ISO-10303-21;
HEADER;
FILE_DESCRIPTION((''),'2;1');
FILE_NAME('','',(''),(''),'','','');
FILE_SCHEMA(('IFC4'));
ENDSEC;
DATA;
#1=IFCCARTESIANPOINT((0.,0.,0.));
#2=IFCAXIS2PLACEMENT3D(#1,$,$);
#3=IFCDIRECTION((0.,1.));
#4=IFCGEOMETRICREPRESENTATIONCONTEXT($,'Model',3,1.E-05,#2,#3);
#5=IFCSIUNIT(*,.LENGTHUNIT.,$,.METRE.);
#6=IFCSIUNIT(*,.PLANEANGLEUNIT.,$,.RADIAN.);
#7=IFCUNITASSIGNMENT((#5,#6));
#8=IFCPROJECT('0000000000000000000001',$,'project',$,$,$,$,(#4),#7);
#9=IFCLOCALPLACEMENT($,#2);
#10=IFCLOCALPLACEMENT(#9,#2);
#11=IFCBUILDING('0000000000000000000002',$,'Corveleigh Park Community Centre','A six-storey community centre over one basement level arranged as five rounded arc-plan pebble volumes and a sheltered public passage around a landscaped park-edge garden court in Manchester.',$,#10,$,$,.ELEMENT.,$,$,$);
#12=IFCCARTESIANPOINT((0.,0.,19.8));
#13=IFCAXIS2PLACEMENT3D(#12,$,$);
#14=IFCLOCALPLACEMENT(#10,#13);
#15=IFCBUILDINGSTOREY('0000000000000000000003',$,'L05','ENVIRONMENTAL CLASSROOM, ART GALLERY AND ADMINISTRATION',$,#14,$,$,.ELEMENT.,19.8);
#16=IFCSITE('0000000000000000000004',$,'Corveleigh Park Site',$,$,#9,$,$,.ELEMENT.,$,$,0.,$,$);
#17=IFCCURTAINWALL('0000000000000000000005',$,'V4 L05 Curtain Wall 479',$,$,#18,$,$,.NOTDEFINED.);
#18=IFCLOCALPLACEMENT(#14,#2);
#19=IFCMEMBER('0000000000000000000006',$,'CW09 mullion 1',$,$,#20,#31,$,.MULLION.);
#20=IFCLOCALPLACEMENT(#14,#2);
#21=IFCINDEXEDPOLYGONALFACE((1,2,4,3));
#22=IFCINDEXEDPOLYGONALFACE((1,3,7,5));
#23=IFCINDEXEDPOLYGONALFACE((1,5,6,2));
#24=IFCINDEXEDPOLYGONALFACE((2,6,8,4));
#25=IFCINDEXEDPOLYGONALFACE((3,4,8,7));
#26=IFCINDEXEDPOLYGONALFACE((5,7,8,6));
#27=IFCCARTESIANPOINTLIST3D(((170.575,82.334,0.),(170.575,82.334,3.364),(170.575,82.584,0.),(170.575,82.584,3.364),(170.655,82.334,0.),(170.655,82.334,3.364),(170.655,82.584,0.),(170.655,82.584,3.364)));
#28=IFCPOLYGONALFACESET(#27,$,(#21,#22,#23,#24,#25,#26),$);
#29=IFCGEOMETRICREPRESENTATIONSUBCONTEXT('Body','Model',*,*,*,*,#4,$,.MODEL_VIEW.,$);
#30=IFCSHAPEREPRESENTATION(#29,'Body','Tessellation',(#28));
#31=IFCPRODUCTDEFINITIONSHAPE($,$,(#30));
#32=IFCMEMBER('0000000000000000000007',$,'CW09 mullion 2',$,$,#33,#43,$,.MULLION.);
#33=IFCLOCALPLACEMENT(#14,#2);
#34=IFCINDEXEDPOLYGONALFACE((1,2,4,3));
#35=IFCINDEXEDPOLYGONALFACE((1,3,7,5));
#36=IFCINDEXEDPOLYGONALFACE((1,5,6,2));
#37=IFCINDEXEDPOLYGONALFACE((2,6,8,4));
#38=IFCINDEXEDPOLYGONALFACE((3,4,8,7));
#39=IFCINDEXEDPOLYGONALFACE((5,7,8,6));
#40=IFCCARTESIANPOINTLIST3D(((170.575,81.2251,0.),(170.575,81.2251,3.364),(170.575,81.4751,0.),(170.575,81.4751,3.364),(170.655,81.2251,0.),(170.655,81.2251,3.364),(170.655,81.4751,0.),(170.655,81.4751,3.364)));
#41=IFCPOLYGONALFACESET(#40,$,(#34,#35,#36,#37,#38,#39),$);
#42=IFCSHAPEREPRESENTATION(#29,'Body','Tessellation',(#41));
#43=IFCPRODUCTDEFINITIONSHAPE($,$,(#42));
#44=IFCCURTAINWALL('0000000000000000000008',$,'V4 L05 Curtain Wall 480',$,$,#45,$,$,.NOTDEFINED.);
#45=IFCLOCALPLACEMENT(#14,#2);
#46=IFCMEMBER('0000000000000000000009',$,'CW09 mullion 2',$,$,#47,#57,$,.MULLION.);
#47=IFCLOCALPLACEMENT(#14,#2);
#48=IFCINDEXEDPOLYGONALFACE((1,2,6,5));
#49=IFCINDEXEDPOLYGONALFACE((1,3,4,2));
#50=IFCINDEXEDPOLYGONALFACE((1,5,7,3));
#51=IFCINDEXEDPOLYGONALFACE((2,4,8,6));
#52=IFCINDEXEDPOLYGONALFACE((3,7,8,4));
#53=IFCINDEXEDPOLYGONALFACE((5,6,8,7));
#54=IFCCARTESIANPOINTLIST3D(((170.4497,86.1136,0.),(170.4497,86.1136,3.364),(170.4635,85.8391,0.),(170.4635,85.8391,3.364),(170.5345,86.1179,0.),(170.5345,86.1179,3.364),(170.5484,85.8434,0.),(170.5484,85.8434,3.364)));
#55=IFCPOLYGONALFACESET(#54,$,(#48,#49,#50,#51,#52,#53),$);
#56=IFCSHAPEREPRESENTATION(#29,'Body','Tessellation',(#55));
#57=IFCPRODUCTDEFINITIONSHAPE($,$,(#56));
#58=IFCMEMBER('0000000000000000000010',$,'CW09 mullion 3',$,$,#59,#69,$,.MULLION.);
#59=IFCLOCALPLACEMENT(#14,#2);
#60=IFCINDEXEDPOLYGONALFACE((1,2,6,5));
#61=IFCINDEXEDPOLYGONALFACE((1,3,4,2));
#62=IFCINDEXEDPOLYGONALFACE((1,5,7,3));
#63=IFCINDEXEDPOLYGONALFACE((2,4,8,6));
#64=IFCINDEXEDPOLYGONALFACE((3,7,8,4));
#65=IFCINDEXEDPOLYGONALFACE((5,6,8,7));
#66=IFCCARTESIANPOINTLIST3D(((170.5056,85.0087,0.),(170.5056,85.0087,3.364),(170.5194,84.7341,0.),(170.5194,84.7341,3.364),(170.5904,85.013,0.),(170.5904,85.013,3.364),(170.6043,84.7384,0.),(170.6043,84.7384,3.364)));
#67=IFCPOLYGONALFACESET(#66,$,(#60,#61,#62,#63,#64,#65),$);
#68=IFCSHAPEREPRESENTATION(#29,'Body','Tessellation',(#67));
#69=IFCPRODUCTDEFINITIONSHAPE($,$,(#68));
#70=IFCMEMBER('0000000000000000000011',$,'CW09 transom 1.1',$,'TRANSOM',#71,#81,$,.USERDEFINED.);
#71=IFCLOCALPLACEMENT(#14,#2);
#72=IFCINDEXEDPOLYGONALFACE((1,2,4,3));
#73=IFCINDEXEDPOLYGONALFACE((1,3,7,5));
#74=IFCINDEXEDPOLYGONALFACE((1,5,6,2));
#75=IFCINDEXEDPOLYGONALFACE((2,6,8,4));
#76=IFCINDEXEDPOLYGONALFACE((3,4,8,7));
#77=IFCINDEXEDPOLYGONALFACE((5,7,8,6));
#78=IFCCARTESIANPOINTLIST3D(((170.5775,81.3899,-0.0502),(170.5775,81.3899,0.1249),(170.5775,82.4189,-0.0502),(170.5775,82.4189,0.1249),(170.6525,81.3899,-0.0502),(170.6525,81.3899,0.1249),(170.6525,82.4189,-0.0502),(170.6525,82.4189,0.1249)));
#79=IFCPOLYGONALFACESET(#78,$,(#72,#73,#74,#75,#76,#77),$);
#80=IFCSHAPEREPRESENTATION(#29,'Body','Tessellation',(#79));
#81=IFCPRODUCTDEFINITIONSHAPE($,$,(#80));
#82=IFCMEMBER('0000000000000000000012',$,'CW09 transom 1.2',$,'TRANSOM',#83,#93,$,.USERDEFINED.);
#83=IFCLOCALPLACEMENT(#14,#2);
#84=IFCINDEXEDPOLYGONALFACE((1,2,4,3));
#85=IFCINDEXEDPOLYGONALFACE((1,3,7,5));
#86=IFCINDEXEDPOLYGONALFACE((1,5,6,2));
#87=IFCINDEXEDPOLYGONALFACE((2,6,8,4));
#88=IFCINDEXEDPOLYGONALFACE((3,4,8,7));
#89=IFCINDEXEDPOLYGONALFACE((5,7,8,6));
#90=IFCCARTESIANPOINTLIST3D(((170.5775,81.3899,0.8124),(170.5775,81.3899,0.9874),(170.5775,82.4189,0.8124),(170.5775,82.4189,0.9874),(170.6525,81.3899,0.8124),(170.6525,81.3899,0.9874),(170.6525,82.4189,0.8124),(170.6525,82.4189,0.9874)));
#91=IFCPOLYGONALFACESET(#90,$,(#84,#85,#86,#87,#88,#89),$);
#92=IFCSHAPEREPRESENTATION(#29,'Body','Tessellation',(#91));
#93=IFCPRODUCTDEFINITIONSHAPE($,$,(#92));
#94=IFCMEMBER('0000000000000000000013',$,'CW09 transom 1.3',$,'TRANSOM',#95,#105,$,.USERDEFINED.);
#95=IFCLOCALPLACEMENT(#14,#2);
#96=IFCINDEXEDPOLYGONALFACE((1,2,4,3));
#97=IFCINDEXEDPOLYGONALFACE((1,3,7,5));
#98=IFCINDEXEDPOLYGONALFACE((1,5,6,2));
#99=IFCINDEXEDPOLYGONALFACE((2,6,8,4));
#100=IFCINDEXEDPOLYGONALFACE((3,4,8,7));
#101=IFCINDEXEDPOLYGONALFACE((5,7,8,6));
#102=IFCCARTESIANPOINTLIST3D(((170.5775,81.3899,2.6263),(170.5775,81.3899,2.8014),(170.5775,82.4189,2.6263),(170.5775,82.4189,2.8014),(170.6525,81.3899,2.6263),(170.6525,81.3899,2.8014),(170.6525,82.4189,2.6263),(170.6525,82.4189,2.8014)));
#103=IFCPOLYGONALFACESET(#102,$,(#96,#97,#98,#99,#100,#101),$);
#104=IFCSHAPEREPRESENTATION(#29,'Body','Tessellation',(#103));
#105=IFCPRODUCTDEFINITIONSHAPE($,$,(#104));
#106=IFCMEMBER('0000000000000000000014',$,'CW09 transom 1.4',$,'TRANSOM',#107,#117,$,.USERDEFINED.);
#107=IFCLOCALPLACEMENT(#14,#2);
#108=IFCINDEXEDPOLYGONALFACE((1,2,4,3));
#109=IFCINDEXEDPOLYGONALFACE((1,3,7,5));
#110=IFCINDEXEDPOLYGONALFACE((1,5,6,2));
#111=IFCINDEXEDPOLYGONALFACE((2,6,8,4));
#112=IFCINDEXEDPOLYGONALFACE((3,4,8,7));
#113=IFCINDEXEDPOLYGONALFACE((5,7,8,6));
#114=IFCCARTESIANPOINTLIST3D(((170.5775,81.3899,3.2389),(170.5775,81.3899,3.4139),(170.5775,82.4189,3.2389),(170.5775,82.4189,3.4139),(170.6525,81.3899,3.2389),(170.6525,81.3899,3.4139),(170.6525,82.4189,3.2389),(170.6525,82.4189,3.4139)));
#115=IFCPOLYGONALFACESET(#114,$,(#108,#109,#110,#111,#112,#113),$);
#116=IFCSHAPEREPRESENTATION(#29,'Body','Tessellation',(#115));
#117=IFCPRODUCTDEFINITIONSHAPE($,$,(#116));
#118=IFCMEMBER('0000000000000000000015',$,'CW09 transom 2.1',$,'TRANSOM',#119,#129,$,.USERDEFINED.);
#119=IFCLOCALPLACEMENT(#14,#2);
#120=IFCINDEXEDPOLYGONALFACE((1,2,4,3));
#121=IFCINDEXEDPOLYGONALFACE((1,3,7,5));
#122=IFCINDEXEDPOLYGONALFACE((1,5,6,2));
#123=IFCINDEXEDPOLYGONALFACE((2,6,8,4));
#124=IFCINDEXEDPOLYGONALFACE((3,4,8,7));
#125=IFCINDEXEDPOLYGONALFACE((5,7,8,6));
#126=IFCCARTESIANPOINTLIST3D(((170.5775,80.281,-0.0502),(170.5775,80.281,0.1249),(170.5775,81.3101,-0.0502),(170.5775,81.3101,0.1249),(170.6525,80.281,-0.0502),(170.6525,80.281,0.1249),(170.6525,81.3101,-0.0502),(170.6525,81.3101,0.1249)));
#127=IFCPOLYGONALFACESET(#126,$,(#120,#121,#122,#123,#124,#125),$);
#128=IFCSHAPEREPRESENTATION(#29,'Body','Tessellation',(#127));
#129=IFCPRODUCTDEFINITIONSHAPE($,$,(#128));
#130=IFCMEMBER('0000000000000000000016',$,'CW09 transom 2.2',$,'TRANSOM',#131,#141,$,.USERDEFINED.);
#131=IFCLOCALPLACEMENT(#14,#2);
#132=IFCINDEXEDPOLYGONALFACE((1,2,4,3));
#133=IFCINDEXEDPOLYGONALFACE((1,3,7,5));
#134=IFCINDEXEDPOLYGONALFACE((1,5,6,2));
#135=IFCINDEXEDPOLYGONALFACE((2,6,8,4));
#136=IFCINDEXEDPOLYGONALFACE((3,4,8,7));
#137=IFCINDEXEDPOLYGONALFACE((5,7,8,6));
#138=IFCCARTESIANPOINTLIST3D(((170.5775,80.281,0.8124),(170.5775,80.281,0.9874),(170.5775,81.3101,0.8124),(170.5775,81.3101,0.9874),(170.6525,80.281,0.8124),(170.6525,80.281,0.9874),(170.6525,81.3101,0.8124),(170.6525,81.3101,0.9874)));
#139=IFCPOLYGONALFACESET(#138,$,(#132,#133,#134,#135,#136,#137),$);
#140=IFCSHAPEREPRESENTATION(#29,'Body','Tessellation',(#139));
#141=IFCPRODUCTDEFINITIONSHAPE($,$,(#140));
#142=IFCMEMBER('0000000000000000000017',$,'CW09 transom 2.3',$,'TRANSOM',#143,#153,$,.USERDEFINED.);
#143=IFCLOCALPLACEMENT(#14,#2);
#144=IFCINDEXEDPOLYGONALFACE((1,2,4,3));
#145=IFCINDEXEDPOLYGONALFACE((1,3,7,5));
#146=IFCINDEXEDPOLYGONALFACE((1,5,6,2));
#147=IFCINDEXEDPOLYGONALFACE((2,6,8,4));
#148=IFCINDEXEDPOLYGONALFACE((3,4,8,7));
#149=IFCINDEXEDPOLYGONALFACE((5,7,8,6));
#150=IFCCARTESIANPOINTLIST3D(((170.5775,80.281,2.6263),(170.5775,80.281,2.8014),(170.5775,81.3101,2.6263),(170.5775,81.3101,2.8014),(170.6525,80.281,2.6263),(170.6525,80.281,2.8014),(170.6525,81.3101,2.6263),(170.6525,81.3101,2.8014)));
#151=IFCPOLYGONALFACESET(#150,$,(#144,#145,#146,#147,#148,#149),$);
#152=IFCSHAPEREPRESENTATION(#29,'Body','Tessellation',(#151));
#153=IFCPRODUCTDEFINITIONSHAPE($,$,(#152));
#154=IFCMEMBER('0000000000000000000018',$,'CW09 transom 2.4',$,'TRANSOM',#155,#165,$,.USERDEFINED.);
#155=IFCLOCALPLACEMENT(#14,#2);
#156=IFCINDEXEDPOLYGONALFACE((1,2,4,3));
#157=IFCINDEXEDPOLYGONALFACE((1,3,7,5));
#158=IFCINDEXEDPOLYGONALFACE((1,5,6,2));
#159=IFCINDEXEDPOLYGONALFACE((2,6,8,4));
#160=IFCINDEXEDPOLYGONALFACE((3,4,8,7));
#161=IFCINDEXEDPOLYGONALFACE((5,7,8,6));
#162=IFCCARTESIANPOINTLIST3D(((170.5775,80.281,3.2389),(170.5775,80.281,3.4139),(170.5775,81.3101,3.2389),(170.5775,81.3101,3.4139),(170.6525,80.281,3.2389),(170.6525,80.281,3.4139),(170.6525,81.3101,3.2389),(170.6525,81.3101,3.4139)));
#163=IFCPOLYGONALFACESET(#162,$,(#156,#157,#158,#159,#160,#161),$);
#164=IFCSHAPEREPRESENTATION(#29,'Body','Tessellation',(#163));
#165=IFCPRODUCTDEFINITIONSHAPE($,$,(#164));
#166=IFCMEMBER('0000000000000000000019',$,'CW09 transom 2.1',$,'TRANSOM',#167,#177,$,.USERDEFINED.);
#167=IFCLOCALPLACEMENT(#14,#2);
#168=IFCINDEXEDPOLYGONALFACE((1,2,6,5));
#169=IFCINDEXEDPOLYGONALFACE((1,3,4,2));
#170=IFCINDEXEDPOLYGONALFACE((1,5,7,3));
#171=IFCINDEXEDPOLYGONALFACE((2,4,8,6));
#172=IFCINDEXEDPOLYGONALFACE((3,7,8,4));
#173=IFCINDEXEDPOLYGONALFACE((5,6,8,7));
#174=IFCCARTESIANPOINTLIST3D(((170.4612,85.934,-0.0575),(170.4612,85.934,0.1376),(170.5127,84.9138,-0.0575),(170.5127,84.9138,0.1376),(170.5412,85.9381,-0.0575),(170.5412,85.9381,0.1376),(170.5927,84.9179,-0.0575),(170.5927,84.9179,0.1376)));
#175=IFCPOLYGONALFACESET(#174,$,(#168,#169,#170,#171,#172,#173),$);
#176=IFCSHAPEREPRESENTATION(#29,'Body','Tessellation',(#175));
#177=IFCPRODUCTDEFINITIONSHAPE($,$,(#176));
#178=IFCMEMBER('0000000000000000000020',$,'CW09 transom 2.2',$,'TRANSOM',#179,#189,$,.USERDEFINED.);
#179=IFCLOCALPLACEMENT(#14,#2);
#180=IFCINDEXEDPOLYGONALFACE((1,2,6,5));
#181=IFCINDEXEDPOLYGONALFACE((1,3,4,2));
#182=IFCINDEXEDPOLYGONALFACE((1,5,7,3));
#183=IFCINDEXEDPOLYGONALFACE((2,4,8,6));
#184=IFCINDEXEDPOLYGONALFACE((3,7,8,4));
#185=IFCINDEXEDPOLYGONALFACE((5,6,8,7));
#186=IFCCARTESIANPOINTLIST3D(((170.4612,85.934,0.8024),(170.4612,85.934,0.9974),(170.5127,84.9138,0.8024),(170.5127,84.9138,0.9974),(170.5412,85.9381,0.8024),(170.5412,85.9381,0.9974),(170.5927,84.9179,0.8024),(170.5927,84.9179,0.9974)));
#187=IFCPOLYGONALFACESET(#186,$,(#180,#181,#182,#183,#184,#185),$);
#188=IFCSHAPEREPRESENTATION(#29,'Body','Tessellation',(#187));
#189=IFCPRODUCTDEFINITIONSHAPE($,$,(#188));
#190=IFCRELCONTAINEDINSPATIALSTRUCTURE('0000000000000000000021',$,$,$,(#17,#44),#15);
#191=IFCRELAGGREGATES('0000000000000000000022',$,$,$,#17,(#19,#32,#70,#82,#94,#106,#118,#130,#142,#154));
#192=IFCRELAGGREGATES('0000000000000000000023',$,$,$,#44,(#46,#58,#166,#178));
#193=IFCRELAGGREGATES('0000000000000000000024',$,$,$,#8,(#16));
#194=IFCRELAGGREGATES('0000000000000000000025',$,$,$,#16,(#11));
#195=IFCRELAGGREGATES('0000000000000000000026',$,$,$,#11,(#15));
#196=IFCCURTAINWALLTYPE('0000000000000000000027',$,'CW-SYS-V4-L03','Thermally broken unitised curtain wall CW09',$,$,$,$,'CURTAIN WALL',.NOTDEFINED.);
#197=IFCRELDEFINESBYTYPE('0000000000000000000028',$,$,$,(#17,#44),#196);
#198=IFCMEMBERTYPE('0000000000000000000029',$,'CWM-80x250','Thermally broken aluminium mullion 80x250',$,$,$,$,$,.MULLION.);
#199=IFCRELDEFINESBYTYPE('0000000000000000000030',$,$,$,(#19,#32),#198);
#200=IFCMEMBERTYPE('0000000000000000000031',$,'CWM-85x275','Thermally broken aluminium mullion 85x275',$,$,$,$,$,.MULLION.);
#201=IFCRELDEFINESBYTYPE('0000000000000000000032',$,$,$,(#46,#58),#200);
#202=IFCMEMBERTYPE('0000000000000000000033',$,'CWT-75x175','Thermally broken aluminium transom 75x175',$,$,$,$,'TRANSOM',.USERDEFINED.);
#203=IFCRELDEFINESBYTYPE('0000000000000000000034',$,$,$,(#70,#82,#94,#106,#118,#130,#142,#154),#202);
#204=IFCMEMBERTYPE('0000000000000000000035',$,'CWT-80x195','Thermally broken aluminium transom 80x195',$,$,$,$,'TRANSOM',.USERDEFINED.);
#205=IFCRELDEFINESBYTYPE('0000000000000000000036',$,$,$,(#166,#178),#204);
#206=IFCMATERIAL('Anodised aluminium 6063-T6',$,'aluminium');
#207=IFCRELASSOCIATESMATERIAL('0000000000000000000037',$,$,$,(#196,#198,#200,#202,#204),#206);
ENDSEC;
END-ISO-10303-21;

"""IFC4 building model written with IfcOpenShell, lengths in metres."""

from ifc_helpers import new_model, si_unit, direction, frame, origin, origin_2d, place, context, subcontext, project, spatial, rectangle, extrude, material, material_profile, profile_set, type_object, element, aggregate, save


model = new_model("IFC4")

# Units and contexts
model_context = context("Model", 3, precision=1e-05, world=origin(), true_north=direction((0.0, 1.0)))
body_context = subcontext(model_context, "Body", "Model", "MODEL_VIEW")
ifc_project = project(units=[si_unit("LENGTHUNIT", "METRE"), si_unit("PLANEANGLEUNIT", "RADIAN")], contexts=[model_context])

# Site, building, storey
site_placement = place(None, origin())
site = spatial("IfcSite", under=ifc_project, at=site_placement, Name="Corveleigh Park Site", CompositionType="ELEMENT", RefElevation=0.0)
building_placement = place(site_placement, origin())
building = spatial("IfcBuilding", under=site, at=building_placement, Name="Corveleigh Park Community Centre", Description="A six-storey community centre over one basement level arranged as five rounded arc-plan pebble volumes and a sheltered public passage around a landscaped park-edge garden court in Manchester.", CompositionType="ELEMENT")
storey_placement = place(building_placement, frame((0.0, 0.0, 19.8)))
storey = spatial("IfcBuildingStorey", under=building, at=storey_placement, Name="L05", Description="ENVIRONMENTAL CLASSROOM, ART GALLERY AND ADMINISTRATION", CompositionType="ELEMENT", Elevation=19.8)

# Curtain walls, members
ifc_material_1 = material(Name="Anodised aluminium 6063-T6", Category="aluminium")
curtain_wall_type = type_object("IfcCurtainWallType", Name="CW-SYS-V4-L03", Description="Thermally broken unitised curtain wall CW09", ElementType="CURTAIN WALL", PredefinedType="NOTDEFINED", material=ifc_material_1)
curtain_wall_1_placement = place(storey_placement, origin())
curtain_wall_1 = element("IfcCurtainWall", 1, at=curtain_wall_1_placement, inside=storey, type_object=curtain_wall_type, Name="V4 L05 Curtain Wall 479", PredefinedType="NOTDEFINED")
ifc_material_profile_1 = material_profile(ifc_material_1, rectangle(XDim=0.0801, YDim=0.25, at=origin_2d()), Name="ALU-M80x250", Category="aluminium")
ifc_profile_set_1 = profile_set([ifc_material_profile_1], Name="Anodised aluminium 6063-T6")
member_type_1 = type_object("IfcMemberType", Name="CWM-80x250", Description="Thermally broken aluminium mullion 80x250", PredefinedType="MULLION", material=ifc_profile_set_1)
member_1_placement = place(storey_placement, frame((170.615, 82.459, 0.0), z_axis=(0.0, 0.0, 1.0), x_axis=(1.0, 0.0, 0.0)))
member_1 = element("IfcMember", 2, at=member_1_placement, type_object=member_type_1, Name="CW09 mullion 1", PredefinedType="MULLION", context=body_context, shape_type="SweptSolid", body=[
    extrude(rectangle(XDim=0.0801, YDim=0.25, at=origin_2d()), origin(), (0.0, 0.0, 1.0), 3.364),
])
member_2_placement = place(storey_placement, frame((170.615, 81.3501, 0.0), z_axis=(0.0, 0.0, 1.0), x_axis=(1.0, 0.0, 0.0)))
member_2 = element("IfcMember", 3, at=member_2_placement, type_object=member_type_1, Name="CW09 mullion 2", PredefinedType="MULLION", context=body_context, shape_type="SweptSolid", body=[
    extrude(rectangle(XDim=0.0801, YDim=0.25, at=origin_2d()), origin(), (0.0, 0.0, 1.0), 3.364),
])
curtain_wall_2_placement = place(storey_placement, origin())
curtain_wall_2 = element("IfcCurtainWall", 4, at=curtain_wall_2_placement, inside=storey, type_object=curtain_wall_type, Name="V4 L05 Curtain Wall 480", PredefinedType="NOTDEFINED")
ifc_material_profile_2 = material_profile(ifc_material_1, rectangle(XDim=0.085, YDim=0.2749, at=origin_2d()), Name="ALU-M85x275", Category="aluminium")
ifc_profile_set_2 = profile_set([ifc_material_profile_2], Name="Anodised aluminium 6063-T6")
member_type_2 = type_object("IfcMemberType", Name="CWM-85x275", Description="Thermally broken aluminium mullion 85x275", PredefinedType="MULLION", material=ifc_profile_set_2)
member_3_placement = place(storey_placement, frame((170.499, 85.9785, 0.0), z_axis=(0.0, 0.0, 1.0), x_axis=(0.998725, 0.05048, 0.0)))
member_3 = element("IfcMember", 5, at=member_3_placement, type_object=member_type_2, Name="CW09 mullion 2", PredefinedType="MULLION", context=body_context, shape_type="SweptSolid", body=[
    extrude(rectangle(XDim=0.085, YDim=0.2749, at=origin_2d()), origin(), (0.0, 0.0, 1.0), 3.364),
])
member_4_placement = place(storey_placement, frame((170.5549, 84.8735, 0.0), z_axis=(0.0, 0.0, 1.0), x_axis=(0.998725, 0.05048, 0.0)))
member_4 = element("IfcMember", 6, at=member_4_placement, type_object=member_type_2, Name="CW09 mullion 3", PredefinedType="MULLION", context=body_context, shape_type="SweptSolid", body=[
    extrude(rectangle(XDim=0.085, YDim=0.2749, at=origin_2d()), origin(), (0.0, 0.0, 1.0), 3.364),
])

# Members
ifc_material_profile_3 = material_profile(ifc_material_1, rectangle(XDim=0.075, YDim=0.175, at=origin_2d()), Name="ALU-T75x175", Category="aluminium")
ifc_profile_set_3 = profile_set([ifc_material_profile_3], Name="Anodised aluminium 6063-T6")
member_type_3 = type_object("IfcMemberType", Name="CWT-75x175", Description="Thermally broken aluminium transom 75x175", ElementType="TRANSOM", PredefinedType="USERDEFINED", material=ifc_profile_set_3)
member_5_placement = place(storey_placement, frame((170.615, 82.4189, 0.0374), z_axis=(0.0, -1.0, 0.0), x_axis=(1.0, 0.0, 0.0)))
member_5 = element("IfcMember", 7, at=member_5_placement, type_object=member_type_3, Name="CW09 transom 1.1", ObjectType="TRANSOM", PredefinedType="USERDEFINED", context=body_context, shape_type="SweptSolid", body=[
    extrude(rectangle(XDim=0.075, YDim=0.175, at=origin_2d()), origin(), (0.0, 0.0, 1.0), 1.0291),
])
member_6_placement = place(storey_placement, frame((170.615, 82.4189, 0.8999), z_axis=(0.0, -1.0, 0.0), x_axis=(1.0, 0.0, 0.0)))
member_6 = element("IfcMember", 8, at=member_6_placement, type_object=member_type_3, Name="CW09 transom 1.2", ObjectType="TRANSOM", PredefinedType="USERDEFINED", context=body_context, shape_type="SweptSolid", body=[
    extrude(rectangle(XDim=0.075, YDim=0.175, at=origin_2d()), origin(), (0.0, 0.0, 1.0), 1.0291),
])
member_7_placement = place(storey_placement, frame((170.615, 82.4189, 2.7139), z_axis=(0.0, -1.0, 0.0), x_axis=(1.0, 0.0, 0.0)))
member_7 = element("IfcMember", 9, at=member_7_placement, type_object=member_type_3, Name="CW09 transom 1.3", ObjectType="TRANSOM", PredefinedType="USERDEFINED", context=body_context, shape_type="SweptSolid", body=[
    extrude(rectangle(XDim=0.075, YDim=0.175, at=origin_2d()), origin(), (0.0, 0.0, 1.0), 1.0291),
])
member_8_placement = place(storey_placement, frame((170.615, 82.4189, 3.3264), z_axis=(0.0, -1.0, 0.0), x_axis=(1.0, 0.0, 0.0)))
member_8 = element("IfcMember", 10, at=member_8_placement, type_object=member_type_3, Name="CW09 transom 1.4", ObjectType="TRANSOM", PredefinedType="USERDEFINED", context=body_context, shape_type="SweptSolid", body=[
    extrude(rectangle(XDim=0.075, YDim=0.175, at=origin_2d()), origin(), (0.0, 0.0, 1.0), 1.0291),
])
member_9_placement = place(storey_placement, frame((170.615, 81.3101, 0.0374), z_axis=(0.0, -1.0, 0.0), x_axis=(1.0, 0.0, 0.0)))
member_9 = element("IfcMember", 11, at=member_9_placement, type_object=member_type_3, Name="CW09 transom 2.1", ObjectType="TRANSOM", PredefinedType="USERDEFINED", context=body_context, shape_type="SweptSolid", body=[
    extrude(rectangle(XDim=0.075, YDim=0.175, at=origin_2d()), origin(), (0.0, 0.0, 1.0), 1.0291),
])
member_10_placement = place(storey_placement, frame((170.615, 81.3101, 0.8999), z_axis=(0.0, -1.0, 0.0), x_axis=(1.0, 0.0, 0.0)))
member_10 = element("IfcMember", 12, at=member_10_placement, type_object=member_type_3, Name="CW09 transom 2.2", ObjectType="TRANSOM", PredefinedType="USERDEFINED", context=body_context, shape_type="SweptSolid", body=[
    extrude(rectangle(XDim=0.075, YDim=0.175, at=origin_2d()), origin(), (0.0, 0.0, 1.0), 1.0291),
])
member_11_placement = place(storey_placement, frame((170.615, 81.3101, 2.7139), z_axis=(0.0, -1.0, 0.0), x_axis=(1.0, 0.0, 0.0)))
member_11 = element("IfcMember", 13, at=member_11_placement, type_object=member_type_3, Name="CW09 transom 2.3", ObjectType="TRANSOM", PredefinedType="USERDEFINED", context=body_context, shape_type="SweptSolid", body=[
    extrude(rectangle(XDim=0.075, YDim=0.175, at=origin_2d()), origin(), (0.0, 0.0, 1.0), 1.0291),
])
member_12_placement = place(storey_placement, frame((170.615, 81.3101, 3.3264), z_axis=(0.0, -1.0, 0.0), x_axis=(1.0, 0.0, 0.0)))
member_12 = element("IfcMember", 14, at=member_12_placement, type_object=member_type_3, Name="CW09 transom 2.4", ObjectType="TRANSOM", PredefinedType="USERDEFINED", context=body_context, shape_type="SweptSolid", body=[
    extrude(rectangle(XDim=0.075, YDim=0.175, at=origin_2d()), origin(), (0.0, 0.0, 1.0), 1.0291),
])
ifc_material_profile_4 = material_profile(ifc_material_1, rectangle(XDim=0.0801, YDim=0.1951, at=origin_2d()), Name="ALU-T80x195", Category="aluminium")
ifc_profile_set_4 = profile_set([ifc_material_profile_4], Name="Anodised aluminium 6063-T6")
member_type_4 = type_object("IfcMemberType", Name="CWT-80x195", Description="Thermally broken aluminium transom 80x195", ElementType="TRANSOM", PredefinedType="USERDEFINED", material=ifc_profile_set_4)
member_13_placement = place(storey_placement, frame((170.5012, 85.936, 0.04), z_axis=(0.050426, -0.998728, 0.0), x_axis=(0.998728, 0.050426, 0.0)))
member_13 = element("IfcMember", 15, at=member_13_placement, type_object=member_type_4, Name="CW09 transom 2.1", ObjectType="TRANSOM", PredefinedType="USERDEFINED", context=body_context, shape_type="SweptSolid", body=[
    extrude(rectangle(XDim=0.0801, YDim=0.1951, at=origin_2d()), origin(), (0.0, 0.0, 1.0), 1.0215),
])
member_14_placement = place(storey_placement, frame((170.5012, 85.936, 0.8999), z_axis=(0.050426, -0.998728, 0.0), x_axis=(0.998728, 0.050426, 0.0)))
member_14 = element("IfcMember", 16, at=member_14_placement, type_object=member_type_4, Name="CW09 transom 2.2", ObjectType="TRANSOM", PredefinedType="USERDEFINED", context=body_context, shape_type="SweptSolid", body=[
    extrude(rectangle(XDim=0.0801, YDim=0.1951, at=origin_2d()), origin(), (0.0, 0.0, 1.0), 1.0215),
])

aggregate(curtain_wall_1, [member_1, member_2, member_5, member_6, member_7, member_8, member_9, member_10, member_11, member_12])
aggregate(curtain_wall_2, [member_3, member_4, member_13, member_14])

save(model, "model.ifc")
